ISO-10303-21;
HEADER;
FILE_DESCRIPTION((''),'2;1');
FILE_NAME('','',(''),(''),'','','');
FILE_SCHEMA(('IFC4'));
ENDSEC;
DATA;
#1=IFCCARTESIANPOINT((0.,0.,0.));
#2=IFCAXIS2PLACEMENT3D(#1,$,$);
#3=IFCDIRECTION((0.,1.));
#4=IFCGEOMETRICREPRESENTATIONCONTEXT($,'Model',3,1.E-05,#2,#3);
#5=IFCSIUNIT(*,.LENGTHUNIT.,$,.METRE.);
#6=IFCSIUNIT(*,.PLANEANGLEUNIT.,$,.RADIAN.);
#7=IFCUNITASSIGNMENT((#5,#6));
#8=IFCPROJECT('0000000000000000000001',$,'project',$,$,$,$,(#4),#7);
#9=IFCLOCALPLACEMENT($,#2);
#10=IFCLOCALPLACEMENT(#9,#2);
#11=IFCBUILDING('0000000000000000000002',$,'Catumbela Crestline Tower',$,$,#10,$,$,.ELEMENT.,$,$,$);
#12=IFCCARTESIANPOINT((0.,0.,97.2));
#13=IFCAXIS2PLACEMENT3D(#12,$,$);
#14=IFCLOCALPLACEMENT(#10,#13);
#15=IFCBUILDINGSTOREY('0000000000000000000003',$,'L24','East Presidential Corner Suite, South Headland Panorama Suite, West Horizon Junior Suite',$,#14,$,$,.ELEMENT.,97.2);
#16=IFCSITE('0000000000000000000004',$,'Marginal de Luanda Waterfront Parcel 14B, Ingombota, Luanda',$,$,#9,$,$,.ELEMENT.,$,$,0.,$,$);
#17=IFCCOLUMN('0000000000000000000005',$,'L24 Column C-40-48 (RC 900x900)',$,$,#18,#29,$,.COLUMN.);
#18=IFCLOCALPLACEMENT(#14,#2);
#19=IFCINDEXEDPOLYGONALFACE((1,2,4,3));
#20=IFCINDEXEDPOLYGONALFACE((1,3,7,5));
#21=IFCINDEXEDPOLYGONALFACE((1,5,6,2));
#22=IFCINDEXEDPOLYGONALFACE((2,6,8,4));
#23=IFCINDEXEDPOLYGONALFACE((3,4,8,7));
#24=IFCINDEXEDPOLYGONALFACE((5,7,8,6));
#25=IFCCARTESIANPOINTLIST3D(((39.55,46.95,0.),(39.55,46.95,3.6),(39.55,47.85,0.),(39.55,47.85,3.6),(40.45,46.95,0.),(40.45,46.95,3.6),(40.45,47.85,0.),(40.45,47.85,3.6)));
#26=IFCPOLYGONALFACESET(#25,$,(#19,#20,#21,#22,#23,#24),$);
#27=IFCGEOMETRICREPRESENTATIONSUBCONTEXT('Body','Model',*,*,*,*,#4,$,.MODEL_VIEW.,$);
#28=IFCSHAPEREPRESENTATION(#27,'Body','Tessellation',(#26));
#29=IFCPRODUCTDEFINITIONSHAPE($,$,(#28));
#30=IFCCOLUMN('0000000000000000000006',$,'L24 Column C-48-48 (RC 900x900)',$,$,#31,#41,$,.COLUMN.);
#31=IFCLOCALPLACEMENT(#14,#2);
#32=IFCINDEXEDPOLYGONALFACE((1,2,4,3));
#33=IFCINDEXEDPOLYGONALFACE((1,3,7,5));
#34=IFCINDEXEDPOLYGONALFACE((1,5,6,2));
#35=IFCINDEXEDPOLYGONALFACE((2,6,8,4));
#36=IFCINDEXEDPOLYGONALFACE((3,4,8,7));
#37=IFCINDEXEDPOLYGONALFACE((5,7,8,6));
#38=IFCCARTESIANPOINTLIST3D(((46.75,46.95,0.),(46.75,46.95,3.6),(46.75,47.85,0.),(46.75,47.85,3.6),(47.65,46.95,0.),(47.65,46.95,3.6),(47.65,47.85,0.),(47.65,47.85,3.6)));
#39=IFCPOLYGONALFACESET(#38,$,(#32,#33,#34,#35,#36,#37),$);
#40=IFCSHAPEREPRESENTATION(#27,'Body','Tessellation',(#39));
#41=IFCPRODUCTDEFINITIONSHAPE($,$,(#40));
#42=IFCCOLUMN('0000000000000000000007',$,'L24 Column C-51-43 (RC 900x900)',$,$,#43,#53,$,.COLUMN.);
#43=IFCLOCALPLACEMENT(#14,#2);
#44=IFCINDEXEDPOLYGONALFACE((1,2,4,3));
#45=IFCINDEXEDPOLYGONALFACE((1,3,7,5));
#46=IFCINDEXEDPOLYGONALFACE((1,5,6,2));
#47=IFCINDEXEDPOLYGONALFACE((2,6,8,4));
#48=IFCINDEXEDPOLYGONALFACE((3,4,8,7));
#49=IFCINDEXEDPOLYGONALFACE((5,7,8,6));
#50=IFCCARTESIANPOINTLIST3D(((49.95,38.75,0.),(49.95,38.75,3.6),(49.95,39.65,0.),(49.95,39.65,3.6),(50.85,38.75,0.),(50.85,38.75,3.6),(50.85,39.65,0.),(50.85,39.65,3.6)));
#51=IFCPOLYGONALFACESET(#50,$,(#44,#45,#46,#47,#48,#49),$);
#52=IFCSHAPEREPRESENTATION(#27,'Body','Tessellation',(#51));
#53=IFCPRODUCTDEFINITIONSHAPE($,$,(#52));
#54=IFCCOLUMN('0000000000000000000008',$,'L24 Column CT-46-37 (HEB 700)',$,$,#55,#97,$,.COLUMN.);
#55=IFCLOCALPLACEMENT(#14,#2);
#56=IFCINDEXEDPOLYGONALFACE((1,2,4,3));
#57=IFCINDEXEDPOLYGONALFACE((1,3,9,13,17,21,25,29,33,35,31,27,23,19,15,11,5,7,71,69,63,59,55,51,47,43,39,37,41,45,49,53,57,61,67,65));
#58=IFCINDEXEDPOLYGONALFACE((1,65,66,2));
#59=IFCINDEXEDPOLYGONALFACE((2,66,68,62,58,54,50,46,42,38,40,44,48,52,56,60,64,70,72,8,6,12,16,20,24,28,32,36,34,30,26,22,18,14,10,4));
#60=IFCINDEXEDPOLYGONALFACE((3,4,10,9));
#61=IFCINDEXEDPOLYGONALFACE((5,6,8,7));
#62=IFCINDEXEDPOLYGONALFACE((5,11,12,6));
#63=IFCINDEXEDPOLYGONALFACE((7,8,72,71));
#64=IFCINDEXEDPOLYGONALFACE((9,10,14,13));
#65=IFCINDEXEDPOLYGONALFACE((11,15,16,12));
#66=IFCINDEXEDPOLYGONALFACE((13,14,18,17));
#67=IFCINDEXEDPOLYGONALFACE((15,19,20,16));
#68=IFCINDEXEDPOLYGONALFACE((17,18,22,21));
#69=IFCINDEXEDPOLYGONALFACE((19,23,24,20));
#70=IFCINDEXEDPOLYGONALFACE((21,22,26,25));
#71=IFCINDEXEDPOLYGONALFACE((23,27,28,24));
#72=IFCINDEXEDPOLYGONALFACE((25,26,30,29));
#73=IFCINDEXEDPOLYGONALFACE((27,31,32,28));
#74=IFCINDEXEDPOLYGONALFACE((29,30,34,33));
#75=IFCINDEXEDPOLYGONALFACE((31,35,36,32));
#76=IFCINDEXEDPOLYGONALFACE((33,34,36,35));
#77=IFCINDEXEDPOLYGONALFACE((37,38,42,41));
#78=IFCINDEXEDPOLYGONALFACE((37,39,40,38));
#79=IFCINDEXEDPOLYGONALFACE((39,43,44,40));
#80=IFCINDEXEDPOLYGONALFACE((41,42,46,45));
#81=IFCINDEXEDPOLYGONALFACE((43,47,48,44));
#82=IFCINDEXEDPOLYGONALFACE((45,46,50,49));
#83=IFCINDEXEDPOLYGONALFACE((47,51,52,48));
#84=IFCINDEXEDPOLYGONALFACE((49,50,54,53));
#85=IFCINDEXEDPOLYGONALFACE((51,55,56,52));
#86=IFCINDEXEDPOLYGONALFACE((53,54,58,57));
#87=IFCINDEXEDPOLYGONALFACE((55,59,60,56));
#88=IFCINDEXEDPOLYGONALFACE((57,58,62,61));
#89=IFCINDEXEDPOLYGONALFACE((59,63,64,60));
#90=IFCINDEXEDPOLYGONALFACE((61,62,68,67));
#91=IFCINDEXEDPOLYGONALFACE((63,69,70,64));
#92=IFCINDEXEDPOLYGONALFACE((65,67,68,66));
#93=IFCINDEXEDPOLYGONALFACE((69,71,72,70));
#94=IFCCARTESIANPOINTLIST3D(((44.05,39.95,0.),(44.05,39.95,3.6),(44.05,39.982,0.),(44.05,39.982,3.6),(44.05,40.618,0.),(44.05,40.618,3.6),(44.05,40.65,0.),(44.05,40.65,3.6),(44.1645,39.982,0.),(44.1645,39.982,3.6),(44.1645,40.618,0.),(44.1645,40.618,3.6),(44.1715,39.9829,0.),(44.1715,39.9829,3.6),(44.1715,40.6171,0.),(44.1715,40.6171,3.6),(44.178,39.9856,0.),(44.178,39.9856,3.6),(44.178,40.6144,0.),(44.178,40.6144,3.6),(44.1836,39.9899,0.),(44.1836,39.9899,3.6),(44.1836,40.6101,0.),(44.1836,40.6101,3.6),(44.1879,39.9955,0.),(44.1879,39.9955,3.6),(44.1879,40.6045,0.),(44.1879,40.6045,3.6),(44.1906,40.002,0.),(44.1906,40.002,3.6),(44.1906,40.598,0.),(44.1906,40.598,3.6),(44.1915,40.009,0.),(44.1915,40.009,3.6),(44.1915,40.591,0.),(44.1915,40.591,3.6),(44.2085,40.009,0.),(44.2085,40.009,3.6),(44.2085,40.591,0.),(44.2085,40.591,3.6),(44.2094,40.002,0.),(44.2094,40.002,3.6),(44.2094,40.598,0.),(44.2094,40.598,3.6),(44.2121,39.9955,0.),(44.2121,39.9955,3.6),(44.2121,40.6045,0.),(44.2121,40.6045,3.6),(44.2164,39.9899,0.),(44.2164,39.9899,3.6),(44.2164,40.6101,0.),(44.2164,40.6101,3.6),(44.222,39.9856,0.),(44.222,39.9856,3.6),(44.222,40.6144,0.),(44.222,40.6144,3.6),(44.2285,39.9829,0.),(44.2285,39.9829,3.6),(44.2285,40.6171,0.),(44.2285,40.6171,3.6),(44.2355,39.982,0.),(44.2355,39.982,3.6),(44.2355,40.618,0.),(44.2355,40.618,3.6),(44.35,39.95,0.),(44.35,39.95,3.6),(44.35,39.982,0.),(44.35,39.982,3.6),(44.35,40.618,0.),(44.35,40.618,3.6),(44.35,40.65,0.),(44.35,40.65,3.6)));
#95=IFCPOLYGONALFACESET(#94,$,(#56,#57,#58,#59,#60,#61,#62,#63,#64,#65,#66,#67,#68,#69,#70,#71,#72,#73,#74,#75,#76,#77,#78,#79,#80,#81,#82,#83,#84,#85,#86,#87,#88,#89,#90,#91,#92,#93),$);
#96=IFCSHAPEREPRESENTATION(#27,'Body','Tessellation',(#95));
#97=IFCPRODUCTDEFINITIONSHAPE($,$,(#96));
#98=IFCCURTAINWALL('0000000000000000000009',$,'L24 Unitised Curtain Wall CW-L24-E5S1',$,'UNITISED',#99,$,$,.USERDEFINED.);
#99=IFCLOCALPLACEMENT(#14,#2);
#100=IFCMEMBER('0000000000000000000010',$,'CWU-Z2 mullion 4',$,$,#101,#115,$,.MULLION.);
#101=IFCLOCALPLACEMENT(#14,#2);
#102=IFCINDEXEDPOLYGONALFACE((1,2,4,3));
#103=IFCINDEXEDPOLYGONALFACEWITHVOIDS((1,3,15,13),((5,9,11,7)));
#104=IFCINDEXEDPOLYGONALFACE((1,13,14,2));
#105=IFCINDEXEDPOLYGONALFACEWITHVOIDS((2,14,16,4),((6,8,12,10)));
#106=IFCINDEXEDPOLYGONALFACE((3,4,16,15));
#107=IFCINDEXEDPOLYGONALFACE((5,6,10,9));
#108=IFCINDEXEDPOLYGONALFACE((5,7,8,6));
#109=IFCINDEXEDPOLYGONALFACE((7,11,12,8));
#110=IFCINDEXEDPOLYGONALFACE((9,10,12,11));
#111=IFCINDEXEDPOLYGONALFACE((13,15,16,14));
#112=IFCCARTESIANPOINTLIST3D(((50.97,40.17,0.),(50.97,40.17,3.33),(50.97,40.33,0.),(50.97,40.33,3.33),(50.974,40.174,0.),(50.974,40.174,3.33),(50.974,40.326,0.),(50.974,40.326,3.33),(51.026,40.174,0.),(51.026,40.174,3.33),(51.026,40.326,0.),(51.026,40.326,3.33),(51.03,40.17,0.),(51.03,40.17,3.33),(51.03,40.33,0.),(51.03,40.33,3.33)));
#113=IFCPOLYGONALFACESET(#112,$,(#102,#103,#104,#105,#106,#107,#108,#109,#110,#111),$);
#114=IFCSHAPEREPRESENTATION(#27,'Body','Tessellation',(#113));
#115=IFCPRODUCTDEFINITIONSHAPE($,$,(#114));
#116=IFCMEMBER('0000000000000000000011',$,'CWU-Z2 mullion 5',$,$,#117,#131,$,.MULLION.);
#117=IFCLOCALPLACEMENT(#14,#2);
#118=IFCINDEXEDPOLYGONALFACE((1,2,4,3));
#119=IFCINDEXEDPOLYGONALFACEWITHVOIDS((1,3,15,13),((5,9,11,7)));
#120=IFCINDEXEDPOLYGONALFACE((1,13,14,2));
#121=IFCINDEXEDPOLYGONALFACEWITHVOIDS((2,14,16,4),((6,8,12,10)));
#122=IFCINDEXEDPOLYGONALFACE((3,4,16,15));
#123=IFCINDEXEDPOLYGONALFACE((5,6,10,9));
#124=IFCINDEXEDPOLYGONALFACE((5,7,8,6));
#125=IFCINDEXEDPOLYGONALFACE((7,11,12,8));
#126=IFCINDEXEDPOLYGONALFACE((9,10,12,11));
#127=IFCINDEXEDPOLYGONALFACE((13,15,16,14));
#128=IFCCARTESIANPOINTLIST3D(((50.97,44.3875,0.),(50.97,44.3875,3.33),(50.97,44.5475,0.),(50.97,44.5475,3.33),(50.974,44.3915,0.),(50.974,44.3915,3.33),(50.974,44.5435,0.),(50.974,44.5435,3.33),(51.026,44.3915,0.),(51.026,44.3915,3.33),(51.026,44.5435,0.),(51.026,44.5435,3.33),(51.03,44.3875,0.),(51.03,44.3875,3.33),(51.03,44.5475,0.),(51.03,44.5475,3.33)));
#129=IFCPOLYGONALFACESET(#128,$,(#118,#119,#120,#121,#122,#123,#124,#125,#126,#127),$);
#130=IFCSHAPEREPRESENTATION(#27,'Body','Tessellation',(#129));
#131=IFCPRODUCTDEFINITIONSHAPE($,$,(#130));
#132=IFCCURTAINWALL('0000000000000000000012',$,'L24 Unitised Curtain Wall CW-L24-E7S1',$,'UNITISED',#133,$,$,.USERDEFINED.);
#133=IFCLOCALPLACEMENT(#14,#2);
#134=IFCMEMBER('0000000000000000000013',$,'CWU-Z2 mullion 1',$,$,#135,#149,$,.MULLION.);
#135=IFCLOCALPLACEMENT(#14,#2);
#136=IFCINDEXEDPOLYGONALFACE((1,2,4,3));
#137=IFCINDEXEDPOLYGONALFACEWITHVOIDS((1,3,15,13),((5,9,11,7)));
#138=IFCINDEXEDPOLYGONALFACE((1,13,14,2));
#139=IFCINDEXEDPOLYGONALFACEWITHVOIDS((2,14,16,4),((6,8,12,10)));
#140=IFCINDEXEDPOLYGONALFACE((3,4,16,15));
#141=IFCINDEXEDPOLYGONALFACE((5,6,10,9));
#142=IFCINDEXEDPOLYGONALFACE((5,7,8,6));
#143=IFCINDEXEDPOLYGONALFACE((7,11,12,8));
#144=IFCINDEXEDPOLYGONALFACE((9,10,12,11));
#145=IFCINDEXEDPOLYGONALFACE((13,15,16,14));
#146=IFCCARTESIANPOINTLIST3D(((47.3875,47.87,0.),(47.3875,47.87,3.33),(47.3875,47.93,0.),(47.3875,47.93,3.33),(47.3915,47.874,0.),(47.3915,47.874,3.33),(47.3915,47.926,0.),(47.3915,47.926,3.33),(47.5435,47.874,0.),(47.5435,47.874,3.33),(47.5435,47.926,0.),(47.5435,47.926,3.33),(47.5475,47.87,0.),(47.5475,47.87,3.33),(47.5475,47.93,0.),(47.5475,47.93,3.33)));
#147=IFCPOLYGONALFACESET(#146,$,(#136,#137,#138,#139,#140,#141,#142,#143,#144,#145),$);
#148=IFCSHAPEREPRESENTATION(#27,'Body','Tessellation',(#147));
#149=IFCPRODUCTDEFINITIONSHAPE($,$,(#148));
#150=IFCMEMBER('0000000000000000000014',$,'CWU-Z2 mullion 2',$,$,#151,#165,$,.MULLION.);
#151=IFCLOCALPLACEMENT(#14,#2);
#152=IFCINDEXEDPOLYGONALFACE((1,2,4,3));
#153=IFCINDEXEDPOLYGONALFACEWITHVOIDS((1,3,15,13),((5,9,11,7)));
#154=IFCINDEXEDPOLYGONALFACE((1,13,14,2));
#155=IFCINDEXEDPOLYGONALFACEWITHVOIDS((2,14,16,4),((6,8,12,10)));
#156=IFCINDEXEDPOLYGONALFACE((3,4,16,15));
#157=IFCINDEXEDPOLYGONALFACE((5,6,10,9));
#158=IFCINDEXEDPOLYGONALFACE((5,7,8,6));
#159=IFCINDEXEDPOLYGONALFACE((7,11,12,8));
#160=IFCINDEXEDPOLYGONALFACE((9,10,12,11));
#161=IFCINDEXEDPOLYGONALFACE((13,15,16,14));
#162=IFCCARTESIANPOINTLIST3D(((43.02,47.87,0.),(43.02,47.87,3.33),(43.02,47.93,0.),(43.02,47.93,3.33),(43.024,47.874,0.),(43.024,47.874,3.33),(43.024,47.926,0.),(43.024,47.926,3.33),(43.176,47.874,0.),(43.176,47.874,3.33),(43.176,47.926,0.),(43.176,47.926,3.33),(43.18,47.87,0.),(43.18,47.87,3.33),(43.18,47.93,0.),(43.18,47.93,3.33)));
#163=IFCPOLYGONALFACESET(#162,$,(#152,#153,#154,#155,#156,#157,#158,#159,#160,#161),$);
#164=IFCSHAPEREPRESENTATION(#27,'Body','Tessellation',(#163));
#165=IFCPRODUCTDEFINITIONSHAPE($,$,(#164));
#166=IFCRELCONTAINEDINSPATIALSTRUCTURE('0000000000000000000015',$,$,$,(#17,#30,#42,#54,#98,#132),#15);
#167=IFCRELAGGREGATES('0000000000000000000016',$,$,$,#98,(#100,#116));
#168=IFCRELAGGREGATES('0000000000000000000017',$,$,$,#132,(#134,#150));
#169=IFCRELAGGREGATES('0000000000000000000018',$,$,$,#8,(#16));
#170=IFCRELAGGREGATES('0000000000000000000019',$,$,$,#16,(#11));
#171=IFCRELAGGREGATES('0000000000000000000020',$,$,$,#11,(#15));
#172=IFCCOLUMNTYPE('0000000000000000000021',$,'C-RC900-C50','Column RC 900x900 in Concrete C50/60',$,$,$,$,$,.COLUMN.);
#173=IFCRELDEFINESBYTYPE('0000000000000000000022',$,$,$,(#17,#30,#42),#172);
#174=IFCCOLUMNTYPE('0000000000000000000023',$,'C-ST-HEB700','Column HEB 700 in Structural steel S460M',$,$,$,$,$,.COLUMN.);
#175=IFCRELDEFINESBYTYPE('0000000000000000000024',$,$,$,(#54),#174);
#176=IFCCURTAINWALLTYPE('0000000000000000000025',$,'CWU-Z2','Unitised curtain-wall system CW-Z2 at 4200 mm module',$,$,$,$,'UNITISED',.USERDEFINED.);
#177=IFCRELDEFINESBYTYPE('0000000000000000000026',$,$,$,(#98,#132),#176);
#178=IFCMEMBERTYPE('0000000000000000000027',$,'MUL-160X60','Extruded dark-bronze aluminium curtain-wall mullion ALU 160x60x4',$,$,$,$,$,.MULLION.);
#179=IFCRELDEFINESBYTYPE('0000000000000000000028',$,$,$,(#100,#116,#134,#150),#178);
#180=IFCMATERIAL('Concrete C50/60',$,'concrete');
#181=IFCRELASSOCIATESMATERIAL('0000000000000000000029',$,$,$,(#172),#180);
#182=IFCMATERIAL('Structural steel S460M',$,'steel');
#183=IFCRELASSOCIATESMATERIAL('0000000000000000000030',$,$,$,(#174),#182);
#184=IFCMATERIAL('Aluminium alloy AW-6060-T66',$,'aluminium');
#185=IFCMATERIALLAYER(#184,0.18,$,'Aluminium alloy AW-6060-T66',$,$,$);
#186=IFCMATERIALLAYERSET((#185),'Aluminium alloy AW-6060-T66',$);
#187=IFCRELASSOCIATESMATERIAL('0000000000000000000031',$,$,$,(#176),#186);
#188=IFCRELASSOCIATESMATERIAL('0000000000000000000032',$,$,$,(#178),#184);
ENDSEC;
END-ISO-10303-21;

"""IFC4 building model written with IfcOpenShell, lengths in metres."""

from ifc_helpers import new_model, si_unit, direction, frame, origin, origin_2d, place, context, subcontext, project, spatial, rectangle, hollow_rectangle, i_section, extrude, material, layer, layer_set, material_profile, profile_set, type_object, element, aggregate, save


model = new_model("IFC4")

# Units and contexts
model_context = context("Model", 3, precision=1e-05, world=origin(), true_north=direction((0.0, 1.0)))
body_context = subcontext(model_context, "Body", "Model", "MODEL_VIEW")
ifc_project = project(units=[si_unit("LENGTHUNIT", "METRE"), si_unit("PLANEANGLEUNIT", "RADIAN")], contexts=[model_context])

# Site, building, storey
site_placement = place(None, origin())
site = spatial("IfcSite", under=ifc_project, at=site_placement, Name="Marginal de Luanda Waterfront Parcel 14B, Ingombota, Luanda", CompositionType="ELEMENT", RefElevation=0.0)
building_placement = place(site_placement, origin())
building = spatial("IfcBuilding", under=site, at=building_placement, Name="Catumbela Crestline Tower", CompositionType="ELEMENT")
storey_placement = place(building_placement, frame((0.0, 0.0, 97.2)))
storey = spatial("IfcBuildingStorey", under=building, at=storey_placement, Name="L24", Description="East Presidential Corner Suite, South Headland Panorama Suite, West Horizon Junior Suite", CompositionType="ELEMENT", Elevation=97.2)

# Columns
ifc_material_1 = material(Name="Concrete C50/60", Category="concrete")
ifc_material_profile_1 = material_profile(ifc_material_1, rectangle(XDim=0.9, YDim=0.9, at=origin_2d()), Name="RC 900x900")
ifc_profile_set_1 = profile_set([ifc_material_profile_1], Name="Concrete C50/60")
column_type_1 = type_object("IfcColumnType", Name="C-RC900-C50", Description="Column RC 900x900 in Concrete C50/60", PredefinedType="COLUMN", material=ifc_profile_set_1)
for number, where, z_axis, x_axis, name in (
    (1, (40.0, 47.4, 0.0), (0.0, 0.0, 1.0), (1.0, 0.0, 0.0), "L24 Column C-40-48 (RC 900x900)"),
    (2, (47.2, 47.4, 0.0), (0.0, 0.0, 1.0), (1.0, 0.0, 0.0), "L24 Column C-48-48 (RC 900x900)"),
    (3, (50.4, 39.2, 0.0), (0.0, 0.0, 1.0), (1.0, 0.0, 0.0), "L24 Column C-51-43 (RC 900x900)"),
):
    element("IfcColumn", number, at=place(storey_placement, frame(where, z_axis=z_axis, x_axis=x_axis)), inside=storey, type_object=column_type_1, Name=name, PredefinedType="COLUMN", context=body_context, shape_type="SweptSolid", body=[
        extrude(rectangle(XDim=0.9, YDim=0.9, at=origin_2d()), origin(), (0.0, 0.0, 1.0), 3.6),
    ])
ifc_material_2 = material(Name="Structural steel S460M", Category="steel")
ifc_material_profile_2 = material_profile(ifc_material_2, i_section(OverallWidth=0.3, OverallDepth=0.7, WebThickness=0.017, FlangeThickness=0.032, FilletRadius=0.027, at=origin_2d()), Name="HEB 700")
ifc_profile_set_2 = profile_set([ifc_material_profile_2], Name="Structural steel S460M")
column_type_2 = type_object("IfcColumnType", Name="C-ST-HEB700", Description="Column HEB 700 in Structural steel S460M", PredefinedType="COLUMN", material=ifc_profile_set_2)
column_placement = place(storey_placement, frame((44.2, 40.3, 0.0), z_axis=(0.0, 0.0, 1.0), x_axis=(1.0, 0.0, 0.0)))
element("IfcColumn", 4, at=column_placement, inside=storey, type_object=column_type_2, Name="L24 Column CT-46-37 (HEB 700)", PredefinedType="COLUMN", context=body_context, shape_type="SweptSolid", body=[
    extrude(i_section(OverallWidth=0.3, OverallDepth=0.7, WebThickness=0.017, FlangeThickness=0.032, FilletRadius=0.027, at=origin_2d()), origin(), (0.0, 0.0, 1.0), 3.6),
])

# Curtain walls, members
ifc_material_3 = material(Name="Aluminium alloy AW-6060-T66", Category="aluminium")
ifc_layer_1 = layer(ifc_material_3, 0.18, Name="Aluminium alloy AW-6060-T66")
ifc_layer_set_1 = layer_set([ifc_layer_1], Name="Aluminium alloy AW-6060-T66")
curtain_wall_type = type_object("IfcCurtainWallType", Name="CWU-Z2", Description="Unitised curtain-wall system CW-Z2 at 4200 mm module", ElementType="UNITISED", PredefinedType="USERDEFINED", material=ifc_layer_set_1)
curtain_wall_1_placement = place(storey_placement, origin())
curtain_wall_1 = element("IfcCurtainWall", 5, at=curtain_wall_1_placement, inside=storey, type_object=curtain_wall_type, Name="L24 Unitised Curtain Wall CW-L24-E5S1", ObjectType="UNITISED", PredefinedType="USERDEFINED")
ifc_material_profile_3 = material_profile(ifc_material_3, hollow_rectangle(XDim=0.06, YDim=0.16, WallThickness=0.004, at=origin_2d()), Name="ALU 160x60x4")
ifc_profile_set_3 = profile_set([ifc_material_profile_3], Name="Aluminium alloy AW-6060-T66")
member_type_1 = type_object("IfcMemberType", Name="MUL-160X60", Description="Extruded dark-bronze aluminium curtain-wall mullion ALU 160x60x4", PredefinedType="MULLION", material=ifc_profile_set_3)
member_1_placement = place(storey_placement, frame((51.0, 40.25, 0.0), z_axis=(0.0, 0.0, 1.0), x_axis=(-1.0, 0.0, 0.0)))
member_1 = element("IfcMember", 6, at=member_1_placement, type_object=member_type_1, Name="CWU-Z2 mullion 4", PredefinedType="MULLION", context=body_context, shape_type="SweptSolid", body=[
    extrude(hollow_rectangle(XDim=0.06, YDim=0.16, WallThickness=0.004, at=origin_2d()), origin(), (0.0, 0.0, 1.0), 3.33),
])
member_2_placement = place(storey_placement, frame((51.0, 44.4675, 0.0), z_axis=(0.0, 0.0, 1.0), x_axis=(-1.0, 0.0, 0.0)))
member_2 = element("IfcMember", 7, at=member_2_placement, type_object=member_type_1, Name="CWU-Z2 mullion 5", PredefinedType="MULLION", context=body_context, shape_type="SweptSolid", body=[
    extrude(hollow_rectangle(XDim=0.06, YDim=0.16, WallThickness=0.004, at=origin_2d()), origin(), (0.0, 0.0, 1.0), 3.33),
])
curtain_wall_2_placement = place(storey_placement, origin())
curtain_wall_2 = element("IfcCurtainWall", 8, at=curtain_wall_2_placement, inside=storey, type_object=curtain_wall_type, Name="L24 Unitised Curtain Wall CW-L24-E7S1", ObjectType="UNITISED", PredefinedType="USERDEFINED")
member_3_placement = place(storey_placement, frame((47.4675, 47.9, 0.0), z_axis=(0.0, 0.0, 1.0), x_axis=(0.0, -1.0, 0.0)))
member_3 = element("IfcMember", 9, at=member_3_placement, type_object=member_type_1, Name="CWU-Z2 mullion 1", PredefinedType="MULLION", context=body_context, shape_type="SweptSolid", body=[
    extrude(hollow_rectangle(XDim=0.06, YDim=0.16, WallThickness=0.004, at=origin_2d()), origin(), (0.0, 0.0, 1.0), 3.33),
])
member_4_placement = place(storey_placement, frame((43.1, 47.9, 0.0), z_axis=(0.0, 0.0, 1.0), x_axis=(0.0, -1.0, 0.0)))
member_4 = element("IfcMember", 10, at=member_4_placement, type_object=member_type_1, Name="CWU-Z2 mullion 2", PredefinedType="MULLION", context=body_context, shape_type="SweptSolid", body=[
    extrude(hollow_rectangle(XDim=0.06, YDim=0.16, WallThickness=0.004, at=origin_2d()), origin(), (0.0, 0.0, 1.0), 3.33),
])

aggregate(curtain_wall_1, [member_1, member_2])
aggregate(curtain_wall_2, [member_3, member_4])

save(model, "model.ifc")
